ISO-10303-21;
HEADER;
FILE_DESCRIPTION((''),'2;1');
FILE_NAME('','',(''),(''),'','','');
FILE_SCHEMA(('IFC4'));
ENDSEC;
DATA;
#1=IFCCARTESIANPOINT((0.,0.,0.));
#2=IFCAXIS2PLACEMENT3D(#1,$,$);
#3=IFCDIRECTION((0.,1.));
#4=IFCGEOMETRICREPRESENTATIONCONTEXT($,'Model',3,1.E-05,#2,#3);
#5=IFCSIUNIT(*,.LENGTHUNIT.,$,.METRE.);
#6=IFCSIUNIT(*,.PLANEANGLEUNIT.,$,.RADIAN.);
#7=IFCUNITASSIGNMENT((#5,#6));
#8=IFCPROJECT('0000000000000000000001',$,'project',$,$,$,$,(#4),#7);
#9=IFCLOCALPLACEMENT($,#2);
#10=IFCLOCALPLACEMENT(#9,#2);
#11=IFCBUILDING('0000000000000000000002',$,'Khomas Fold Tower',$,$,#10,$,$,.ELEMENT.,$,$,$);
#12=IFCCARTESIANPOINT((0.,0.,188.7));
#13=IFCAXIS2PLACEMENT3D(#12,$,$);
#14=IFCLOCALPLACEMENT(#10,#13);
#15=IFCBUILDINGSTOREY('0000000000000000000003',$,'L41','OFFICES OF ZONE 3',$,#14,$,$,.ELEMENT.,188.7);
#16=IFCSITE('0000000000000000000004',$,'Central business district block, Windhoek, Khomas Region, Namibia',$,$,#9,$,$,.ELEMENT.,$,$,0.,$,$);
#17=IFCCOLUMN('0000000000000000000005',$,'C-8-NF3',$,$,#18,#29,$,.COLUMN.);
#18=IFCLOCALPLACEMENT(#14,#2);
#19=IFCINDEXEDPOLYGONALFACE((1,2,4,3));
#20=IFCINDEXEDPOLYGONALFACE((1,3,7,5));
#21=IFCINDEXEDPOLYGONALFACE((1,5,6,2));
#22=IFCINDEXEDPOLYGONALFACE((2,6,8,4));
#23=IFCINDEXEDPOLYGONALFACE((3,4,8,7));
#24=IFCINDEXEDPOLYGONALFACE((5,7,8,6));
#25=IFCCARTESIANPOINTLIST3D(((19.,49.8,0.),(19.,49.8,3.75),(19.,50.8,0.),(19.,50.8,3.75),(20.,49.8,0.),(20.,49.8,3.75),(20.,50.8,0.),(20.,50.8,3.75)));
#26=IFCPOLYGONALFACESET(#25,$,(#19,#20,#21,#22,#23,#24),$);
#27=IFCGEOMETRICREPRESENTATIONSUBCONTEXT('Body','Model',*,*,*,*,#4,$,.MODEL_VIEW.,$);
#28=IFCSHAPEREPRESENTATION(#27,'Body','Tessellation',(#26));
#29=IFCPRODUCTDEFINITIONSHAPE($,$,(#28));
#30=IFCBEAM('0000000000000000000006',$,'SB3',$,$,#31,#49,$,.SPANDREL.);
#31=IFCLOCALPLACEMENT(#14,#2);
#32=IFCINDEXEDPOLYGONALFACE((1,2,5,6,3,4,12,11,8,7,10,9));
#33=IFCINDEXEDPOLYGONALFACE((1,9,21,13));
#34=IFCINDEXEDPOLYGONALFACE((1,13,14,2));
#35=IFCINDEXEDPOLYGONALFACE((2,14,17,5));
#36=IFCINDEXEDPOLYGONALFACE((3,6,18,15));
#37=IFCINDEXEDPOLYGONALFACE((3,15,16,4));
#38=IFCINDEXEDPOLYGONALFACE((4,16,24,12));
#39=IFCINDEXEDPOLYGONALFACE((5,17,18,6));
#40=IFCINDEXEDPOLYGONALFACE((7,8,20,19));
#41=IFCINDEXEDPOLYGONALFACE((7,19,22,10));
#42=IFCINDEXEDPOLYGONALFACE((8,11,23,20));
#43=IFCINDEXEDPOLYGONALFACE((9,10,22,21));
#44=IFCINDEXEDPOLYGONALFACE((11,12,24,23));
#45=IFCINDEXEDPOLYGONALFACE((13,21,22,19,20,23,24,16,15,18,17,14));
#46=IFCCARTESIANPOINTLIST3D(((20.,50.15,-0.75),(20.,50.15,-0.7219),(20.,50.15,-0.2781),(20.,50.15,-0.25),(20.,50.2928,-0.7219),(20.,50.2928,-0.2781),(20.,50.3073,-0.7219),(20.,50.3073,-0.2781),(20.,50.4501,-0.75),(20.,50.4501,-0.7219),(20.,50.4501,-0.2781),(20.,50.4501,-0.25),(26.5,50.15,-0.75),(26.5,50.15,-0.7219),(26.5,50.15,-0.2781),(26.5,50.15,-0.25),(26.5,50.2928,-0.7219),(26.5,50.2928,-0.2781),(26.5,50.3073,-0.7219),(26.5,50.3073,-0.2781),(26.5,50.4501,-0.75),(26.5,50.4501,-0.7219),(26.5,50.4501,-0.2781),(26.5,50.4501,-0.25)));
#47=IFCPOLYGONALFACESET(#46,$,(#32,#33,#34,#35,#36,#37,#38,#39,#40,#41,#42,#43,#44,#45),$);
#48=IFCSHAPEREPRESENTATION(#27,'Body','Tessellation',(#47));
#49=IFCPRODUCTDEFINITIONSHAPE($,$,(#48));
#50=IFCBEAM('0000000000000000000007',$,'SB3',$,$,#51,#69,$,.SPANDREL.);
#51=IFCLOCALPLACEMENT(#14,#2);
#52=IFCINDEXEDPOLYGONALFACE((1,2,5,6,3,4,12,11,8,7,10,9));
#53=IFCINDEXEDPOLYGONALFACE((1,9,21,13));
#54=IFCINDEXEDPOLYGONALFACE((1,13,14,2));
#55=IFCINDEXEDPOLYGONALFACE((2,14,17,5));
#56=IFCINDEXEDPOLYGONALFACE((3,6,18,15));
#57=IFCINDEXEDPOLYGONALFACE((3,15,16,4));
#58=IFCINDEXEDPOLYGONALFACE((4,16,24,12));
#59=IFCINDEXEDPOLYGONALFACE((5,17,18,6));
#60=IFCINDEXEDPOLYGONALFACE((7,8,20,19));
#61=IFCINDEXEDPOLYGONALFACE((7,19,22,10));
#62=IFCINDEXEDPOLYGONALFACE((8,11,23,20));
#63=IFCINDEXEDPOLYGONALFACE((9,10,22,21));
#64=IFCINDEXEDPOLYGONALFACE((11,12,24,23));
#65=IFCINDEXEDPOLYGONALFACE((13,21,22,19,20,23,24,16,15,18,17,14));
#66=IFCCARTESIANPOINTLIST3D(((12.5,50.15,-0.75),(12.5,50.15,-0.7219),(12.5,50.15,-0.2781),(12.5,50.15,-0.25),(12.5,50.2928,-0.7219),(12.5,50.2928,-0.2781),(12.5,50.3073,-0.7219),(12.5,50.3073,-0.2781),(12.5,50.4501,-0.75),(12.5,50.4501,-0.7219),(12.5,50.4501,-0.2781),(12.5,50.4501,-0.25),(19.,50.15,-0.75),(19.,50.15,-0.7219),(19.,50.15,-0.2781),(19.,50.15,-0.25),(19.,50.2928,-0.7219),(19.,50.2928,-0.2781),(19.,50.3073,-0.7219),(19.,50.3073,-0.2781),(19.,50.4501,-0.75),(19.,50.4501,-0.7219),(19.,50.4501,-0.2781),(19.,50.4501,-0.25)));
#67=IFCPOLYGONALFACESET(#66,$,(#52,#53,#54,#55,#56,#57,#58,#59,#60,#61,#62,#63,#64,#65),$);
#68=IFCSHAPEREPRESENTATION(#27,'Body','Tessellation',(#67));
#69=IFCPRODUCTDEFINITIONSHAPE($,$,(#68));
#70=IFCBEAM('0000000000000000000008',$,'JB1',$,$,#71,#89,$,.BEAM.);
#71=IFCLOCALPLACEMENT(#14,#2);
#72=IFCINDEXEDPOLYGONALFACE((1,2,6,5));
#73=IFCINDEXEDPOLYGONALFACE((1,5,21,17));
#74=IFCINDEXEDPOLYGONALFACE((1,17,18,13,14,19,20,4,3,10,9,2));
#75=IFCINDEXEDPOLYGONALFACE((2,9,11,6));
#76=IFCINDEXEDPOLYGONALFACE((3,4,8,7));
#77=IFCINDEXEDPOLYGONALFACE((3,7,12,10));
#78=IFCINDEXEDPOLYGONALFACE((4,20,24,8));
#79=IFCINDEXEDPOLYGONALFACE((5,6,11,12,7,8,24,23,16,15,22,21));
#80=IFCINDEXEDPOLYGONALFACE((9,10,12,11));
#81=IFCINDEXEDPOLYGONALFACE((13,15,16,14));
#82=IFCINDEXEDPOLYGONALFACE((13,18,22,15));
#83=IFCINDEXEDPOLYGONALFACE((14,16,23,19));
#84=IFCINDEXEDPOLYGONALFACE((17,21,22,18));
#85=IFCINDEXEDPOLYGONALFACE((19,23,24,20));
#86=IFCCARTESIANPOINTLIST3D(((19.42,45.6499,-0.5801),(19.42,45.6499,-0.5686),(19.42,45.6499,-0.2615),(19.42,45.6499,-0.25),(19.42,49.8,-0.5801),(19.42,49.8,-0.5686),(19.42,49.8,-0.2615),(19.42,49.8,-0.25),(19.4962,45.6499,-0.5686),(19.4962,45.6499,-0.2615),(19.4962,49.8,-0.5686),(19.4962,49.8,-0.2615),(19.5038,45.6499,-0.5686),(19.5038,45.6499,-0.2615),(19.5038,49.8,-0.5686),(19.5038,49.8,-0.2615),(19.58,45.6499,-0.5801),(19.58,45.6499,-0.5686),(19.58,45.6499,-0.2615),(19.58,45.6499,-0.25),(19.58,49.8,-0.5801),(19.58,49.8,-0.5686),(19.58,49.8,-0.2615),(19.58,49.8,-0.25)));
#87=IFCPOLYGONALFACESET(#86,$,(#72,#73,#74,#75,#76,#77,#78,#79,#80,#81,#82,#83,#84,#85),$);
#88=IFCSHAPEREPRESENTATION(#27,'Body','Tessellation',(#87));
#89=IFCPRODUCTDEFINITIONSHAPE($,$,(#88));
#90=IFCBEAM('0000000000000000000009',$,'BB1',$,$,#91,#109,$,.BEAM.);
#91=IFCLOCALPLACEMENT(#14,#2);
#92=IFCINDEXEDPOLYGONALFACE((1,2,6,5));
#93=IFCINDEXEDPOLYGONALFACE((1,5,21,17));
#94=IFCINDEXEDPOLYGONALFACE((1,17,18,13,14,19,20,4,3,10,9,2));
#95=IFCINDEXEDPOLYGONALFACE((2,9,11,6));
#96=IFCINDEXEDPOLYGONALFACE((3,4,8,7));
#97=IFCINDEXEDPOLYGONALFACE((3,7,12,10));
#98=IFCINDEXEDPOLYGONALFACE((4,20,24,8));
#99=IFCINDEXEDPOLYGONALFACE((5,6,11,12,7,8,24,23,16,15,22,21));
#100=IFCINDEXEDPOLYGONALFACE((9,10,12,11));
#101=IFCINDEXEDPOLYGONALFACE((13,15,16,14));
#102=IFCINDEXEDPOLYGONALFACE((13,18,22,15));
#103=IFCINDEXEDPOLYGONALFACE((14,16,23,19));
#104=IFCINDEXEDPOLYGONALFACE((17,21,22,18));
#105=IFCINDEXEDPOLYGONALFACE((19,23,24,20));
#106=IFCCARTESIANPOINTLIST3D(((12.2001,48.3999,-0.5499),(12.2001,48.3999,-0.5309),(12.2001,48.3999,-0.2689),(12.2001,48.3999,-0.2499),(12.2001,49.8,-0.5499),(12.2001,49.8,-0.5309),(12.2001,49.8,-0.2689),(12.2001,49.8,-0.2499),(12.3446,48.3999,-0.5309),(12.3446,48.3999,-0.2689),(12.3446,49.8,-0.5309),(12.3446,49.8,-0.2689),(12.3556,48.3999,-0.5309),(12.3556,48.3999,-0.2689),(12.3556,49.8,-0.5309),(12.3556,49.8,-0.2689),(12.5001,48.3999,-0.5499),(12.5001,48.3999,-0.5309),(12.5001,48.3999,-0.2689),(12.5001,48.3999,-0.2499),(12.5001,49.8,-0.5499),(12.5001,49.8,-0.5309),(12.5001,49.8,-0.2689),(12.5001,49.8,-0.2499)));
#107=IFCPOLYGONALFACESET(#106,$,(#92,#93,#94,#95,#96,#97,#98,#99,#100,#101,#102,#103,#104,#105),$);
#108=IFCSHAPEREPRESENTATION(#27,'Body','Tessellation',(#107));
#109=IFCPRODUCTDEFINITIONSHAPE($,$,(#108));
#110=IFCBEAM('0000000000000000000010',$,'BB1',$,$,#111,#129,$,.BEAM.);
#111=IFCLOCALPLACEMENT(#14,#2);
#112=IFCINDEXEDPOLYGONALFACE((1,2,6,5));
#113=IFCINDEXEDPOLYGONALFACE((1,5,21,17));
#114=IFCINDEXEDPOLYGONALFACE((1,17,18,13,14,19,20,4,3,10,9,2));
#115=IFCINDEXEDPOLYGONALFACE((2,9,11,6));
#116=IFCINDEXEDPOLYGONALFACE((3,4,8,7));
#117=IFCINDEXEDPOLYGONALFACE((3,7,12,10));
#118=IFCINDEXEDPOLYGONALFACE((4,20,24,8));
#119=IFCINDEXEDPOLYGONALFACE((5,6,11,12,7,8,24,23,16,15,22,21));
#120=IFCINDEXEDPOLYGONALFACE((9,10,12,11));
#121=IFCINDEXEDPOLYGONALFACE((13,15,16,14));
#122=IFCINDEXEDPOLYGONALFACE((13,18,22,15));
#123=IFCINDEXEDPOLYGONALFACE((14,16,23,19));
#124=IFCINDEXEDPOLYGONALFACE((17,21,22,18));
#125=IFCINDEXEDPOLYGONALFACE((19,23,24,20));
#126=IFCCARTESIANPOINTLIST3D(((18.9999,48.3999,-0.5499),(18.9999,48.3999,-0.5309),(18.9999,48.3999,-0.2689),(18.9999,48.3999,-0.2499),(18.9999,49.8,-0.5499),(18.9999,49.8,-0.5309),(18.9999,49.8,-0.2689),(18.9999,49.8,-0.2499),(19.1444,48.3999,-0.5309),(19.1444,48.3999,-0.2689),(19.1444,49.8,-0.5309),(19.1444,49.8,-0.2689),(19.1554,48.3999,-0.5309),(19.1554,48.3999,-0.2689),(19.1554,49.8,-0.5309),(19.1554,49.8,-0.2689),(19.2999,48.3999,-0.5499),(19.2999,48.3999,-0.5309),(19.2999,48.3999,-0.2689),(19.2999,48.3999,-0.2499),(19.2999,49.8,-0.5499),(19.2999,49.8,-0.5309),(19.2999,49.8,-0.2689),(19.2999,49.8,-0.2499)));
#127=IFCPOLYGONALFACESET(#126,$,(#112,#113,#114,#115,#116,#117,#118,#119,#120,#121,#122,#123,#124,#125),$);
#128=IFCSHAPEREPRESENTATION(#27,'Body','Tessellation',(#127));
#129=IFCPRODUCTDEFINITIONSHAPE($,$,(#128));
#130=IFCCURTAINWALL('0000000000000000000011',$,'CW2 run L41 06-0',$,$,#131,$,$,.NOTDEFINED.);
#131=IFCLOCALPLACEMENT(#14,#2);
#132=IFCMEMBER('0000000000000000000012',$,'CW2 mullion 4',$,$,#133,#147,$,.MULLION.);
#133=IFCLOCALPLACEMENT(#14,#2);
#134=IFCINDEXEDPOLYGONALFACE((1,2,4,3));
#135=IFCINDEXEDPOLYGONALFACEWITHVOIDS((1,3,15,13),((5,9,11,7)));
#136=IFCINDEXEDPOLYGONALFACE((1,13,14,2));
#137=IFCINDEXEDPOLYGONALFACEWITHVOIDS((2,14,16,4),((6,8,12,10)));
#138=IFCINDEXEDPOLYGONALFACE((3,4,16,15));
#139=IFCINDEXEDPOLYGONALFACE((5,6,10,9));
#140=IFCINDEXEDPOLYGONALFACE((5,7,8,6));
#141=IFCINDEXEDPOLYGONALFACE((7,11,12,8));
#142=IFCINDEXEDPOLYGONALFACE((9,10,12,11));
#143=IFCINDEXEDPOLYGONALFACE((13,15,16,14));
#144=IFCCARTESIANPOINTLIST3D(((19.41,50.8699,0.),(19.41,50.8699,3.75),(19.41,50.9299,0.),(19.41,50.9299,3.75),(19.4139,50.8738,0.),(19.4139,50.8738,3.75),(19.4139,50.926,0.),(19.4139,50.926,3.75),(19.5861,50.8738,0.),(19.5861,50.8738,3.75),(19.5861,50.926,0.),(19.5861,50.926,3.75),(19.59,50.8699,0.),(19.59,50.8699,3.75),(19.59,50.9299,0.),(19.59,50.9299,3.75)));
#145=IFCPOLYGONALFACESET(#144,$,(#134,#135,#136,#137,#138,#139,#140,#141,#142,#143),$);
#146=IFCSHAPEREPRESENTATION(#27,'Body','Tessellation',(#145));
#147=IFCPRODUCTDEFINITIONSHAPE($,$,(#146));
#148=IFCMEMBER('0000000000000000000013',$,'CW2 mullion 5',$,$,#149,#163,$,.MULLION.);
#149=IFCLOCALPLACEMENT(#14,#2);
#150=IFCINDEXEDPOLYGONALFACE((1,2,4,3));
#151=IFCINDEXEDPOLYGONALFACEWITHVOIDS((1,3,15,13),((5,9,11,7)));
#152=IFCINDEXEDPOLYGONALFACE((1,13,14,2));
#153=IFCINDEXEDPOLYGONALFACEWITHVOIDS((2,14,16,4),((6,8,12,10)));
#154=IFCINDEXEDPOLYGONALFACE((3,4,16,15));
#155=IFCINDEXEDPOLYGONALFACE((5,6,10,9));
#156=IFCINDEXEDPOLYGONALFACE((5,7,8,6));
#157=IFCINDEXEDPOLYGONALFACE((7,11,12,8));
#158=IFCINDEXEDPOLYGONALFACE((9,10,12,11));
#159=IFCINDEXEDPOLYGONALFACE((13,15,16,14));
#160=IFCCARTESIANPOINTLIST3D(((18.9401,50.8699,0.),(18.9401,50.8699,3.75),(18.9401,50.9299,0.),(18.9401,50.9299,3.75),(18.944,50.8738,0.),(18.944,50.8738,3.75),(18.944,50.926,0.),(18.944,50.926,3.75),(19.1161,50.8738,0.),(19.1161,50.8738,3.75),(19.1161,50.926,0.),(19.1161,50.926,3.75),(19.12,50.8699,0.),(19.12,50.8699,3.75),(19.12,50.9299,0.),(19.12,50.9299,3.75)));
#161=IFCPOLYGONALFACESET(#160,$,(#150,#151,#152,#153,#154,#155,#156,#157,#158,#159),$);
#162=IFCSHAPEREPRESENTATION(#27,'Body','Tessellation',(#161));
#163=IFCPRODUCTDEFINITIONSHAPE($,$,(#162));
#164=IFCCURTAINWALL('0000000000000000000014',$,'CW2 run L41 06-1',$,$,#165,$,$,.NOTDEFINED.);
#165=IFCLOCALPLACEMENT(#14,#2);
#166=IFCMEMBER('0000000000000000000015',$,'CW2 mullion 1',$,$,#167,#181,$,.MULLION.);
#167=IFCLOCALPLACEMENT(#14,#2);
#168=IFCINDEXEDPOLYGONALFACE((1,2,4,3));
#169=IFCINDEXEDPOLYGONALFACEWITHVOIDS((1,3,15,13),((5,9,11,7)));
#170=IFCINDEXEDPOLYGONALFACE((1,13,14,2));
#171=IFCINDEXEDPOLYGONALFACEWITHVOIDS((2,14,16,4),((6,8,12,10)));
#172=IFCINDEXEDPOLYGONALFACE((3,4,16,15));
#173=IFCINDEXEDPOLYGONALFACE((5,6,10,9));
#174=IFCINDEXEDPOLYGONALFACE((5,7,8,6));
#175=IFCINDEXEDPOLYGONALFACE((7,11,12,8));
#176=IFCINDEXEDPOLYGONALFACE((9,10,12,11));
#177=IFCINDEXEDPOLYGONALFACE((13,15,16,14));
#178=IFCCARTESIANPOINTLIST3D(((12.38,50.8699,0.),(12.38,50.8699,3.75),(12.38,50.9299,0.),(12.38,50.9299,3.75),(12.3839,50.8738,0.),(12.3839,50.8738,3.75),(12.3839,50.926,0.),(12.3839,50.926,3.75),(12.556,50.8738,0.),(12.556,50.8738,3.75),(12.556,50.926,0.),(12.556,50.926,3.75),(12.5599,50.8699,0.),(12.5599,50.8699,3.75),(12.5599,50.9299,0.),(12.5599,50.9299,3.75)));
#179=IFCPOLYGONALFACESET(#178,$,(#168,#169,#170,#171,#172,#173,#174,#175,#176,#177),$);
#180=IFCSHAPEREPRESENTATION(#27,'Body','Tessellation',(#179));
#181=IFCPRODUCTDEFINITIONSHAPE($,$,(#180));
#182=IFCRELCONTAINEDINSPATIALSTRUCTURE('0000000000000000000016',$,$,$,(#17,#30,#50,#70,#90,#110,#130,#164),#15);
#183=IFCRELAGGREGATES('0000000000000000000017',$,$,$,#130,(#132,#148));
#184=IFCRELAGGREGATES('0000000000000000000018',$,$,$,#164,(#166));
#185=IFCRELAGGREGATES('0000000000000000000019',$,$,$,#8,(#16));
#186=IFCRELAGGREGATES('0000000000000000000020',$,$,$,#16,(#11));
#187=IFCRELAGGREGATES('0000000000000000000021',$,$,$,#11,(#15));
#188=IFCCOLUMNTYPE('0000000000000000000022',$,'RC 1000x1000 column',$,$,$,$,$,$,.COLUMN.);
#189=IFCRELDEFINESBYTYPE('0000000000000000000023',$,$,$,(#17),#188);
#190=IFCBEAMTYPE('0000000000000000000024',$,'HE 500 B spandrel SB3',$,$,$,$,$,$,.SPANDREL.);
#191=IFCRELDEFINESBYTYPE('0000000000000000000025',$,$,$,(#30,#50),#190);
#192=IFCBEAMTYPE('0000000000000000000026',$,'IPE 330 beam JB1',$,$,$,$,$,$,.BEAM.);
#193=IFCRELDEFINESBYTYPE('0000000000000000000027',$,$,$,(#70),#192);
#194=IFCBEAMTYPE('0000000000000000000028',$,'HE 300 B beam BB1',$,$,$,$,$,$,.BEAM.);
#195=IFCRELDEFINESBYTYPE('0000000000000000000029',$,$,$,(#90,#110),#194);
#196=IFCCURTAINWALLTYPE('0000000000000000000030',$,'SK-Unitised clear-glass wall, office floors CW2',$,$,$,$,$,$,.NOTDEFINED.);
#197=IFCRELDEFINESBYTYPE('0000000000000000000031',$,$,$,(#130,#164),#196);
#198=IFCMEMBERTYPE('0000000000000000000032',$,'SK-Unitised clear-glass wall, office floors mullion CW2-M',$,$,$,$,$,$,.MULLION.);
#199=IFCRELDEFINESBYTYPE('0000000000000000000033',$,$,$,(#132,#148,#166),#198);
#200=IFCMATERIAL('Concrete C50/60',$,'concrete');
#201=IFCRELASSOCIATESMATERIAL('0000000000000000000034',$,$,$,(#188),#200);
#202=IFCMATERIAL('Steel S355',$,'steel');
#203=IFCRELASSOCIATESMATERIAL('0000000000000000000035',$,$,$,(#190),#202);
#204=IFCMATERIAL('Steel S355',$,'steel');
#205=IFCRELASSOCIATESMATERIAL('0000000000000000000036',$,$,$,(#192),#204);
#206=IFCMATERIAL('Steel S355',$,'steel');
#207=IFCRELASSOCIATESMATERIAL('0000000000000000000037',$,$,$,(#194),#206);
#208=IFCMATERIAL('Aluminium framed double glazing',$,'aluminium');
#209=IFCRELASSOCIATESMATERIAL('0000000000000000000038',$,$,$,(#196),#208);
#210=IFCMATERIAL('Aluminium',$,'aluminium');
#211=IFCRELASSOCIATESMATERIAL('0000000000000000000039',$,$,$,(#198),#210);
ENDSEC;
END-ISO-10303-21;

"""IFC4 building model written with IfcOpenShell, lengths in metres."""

from ifc_helpers import new_model, si_unit, direction, frame, origin, origin_2d, place, context, subcontext, project, spatial, rectangle, hollow_rectangle, i_section, extrude, source, transform, mapped, material, material_profile, profile_set, type_object, element, aggregate, save


model = new_model("IFC4")

# Units and contexts
model_context = context("Model", 3, precision=1e-05, world=origin(), true_north=direction((0.0, 1.0)))
body_context = subcontext(model_context, "Body", "Model", "MODEL_VIEW")
ifc_project = project(units=[si_unit("LENGTHUNIT", "METRE"), si_unit("PLANEANGLEUNIT", "RADIAN")], contexts=[model_context])

# Site, building, storey
site_placement = place(None, origin())
site = spatial("IfcSite", under=ifc_project, at=site_placement, Name="Central business district block, Windhoek, Khomas Region, Namibia", CompositionType="ELEMENT", RefElevation=0.0)
building_placement = place(site_placement, origin())
building = spatial("IfcBuilding", under=site, at=building_placement, Name="Khomas Fold Tower", CompositionType="ELEMENT")
storey_placement = place(building_placement, frame((0.0, 0.0, 188.7)))
storey = spatial("IfcBuildingStorey", under=building, at=storey_placement, Name="L41", Description="OFFICES OF ZONE 3", CompositionType="ELEMENT", Elevation=188.7)

# Column
ifc_material_1 = material(Name="Concrete C50/60", Category="concrete")
ifc_material_profile_1 = material_profile(ifc_material_1, rectangle(XDim=1.0, YDim=1.0, at=origin_2d()), Name="RC 1000x1000")
ifc_profile_set_1 = profile_set([ifc_material_profile_1], Name="Concrete C50/60")
column_type = type_object("IfcColumnType", Name="RC 1000x1000 column", PredefinedType="COLUMN", material=ifc_profile_set_1)
shared_shape_1 = source(origin(), body_context, "Body", "SweptSolid", [
    extrude(rectangle(XDim=1.0, YDim=1.0, at=origin_2d()), origin(), (0.0, 0.0, 1.0), 3.75),
])
column_placement = place(storey_placement, frame((19.5, 50.3, 0.0), z_axis=(0.0, 0.0, 1.0), x_axis=(1.0, 0.0, 0.0)))
element("IfcColumn", 1, at=column_placement, inside=storey, type_object=column_type, Name="C-8-NF3", PredefinedType="COLUMN", context=body_context, shape_type="MappedRepresentation", body=[
    mapped(shared_shape_1, transform((0.0, 0.0, 0.0))),
])

# Beams
ifc_material_2 = material(Name="Steel S355", Category="steel")
ifc_material_profile_2 = material_profile(ifc_material_2, i_section(OverallWidth=0.3, OverallDepth=0.5, WebThickness=0.0144, FlangeThickness=0.0281, at=origin_2d()), Name="HE 500 B")
ifc_profile_set_2 = profile_set([ifc_material_profile_2], Name="Steel S355")
beam_type_1 = type_object("IfcBeamType", Name="HE 500 B spandrel SB3", PredefinedType="SPANDREL", material=ifc_profile_set_2)
shared_shape_2 = source(origin(), body_context, "Body", "SweptSolid", [
    extrude(i_section(OverallWidth=0.3, OverallDepth=0.5, WebThickness=0.0144, FlangeThickness=0.0281, at=origin_2d()), origin(), (0.0, 0.0, 1.0), 6.5),
])
for number, where, z_axis, x_axis, name in (
    (2, (20.0, 50.3, -0.5), (1.0, 0.0, 0.0), (0.0, 1.0, 0.0), "SB3"),
    (3, (12.5, 50.3, -0.5), (1.0, 0.0, 0.0), (0.0, 1.0, 0.0), "SB3"),
):
    element("IfcBeam", number, at=place(storey_placement, frame(where, z_axis=z_axis, x_axis=x_axis)), inside=storey, type_object=beam_type_1, Name=name, PredefinedType="SPANDREL", context=body_context, shape_type="MappedRepresentation", body=[
        mapped(shared_shape_2, transform((0.0, 0.0, 0.0))),
    ])
ifc_material_3 = material(Name="Steel S355", Category="steel")
ifc_material_profile_3 = material_profile(ifc_material_3, i_section(OverallWidth=0.1599, OverallDepth=0.3301, WebThickness=0.0076, FlangeThickness=0.0115, at=origin_2d()), Name="IPE 330")
ifc_profile_set_3 = profile_set([ifc_material_profile_3], Name="Steel S355")
beam_type_2 = type_object("IfcBeamType", Name="IPE 330 beam JB1", PredefinedType="BEAM", material=ifc_profile_set_3)
shared_shape_3 = source(origin(), body_context, "Body", "SweptSolid", [
    extrude(i_section(OverallWidth=0.1599, OverallDepth=0.3301, WebThickness=0.0076, FlangeThickness=0.0115, at=origin_2d()), origin(), (0.0, 0.0, 1.0), 4.1501),
])
beam_placement = place(storey_placement, frame((19.5, 45.6499, -0.415), z_axis=(0.0, 1.0, 0.0), x_axis=(-1.0, 0.0, 0.0)))
element("IfcBeam", 4, at=beam_placement, inside=storey, type_object=beam_type_2, Name="JB1", PredefinedType="BEAM", context=body_context, shape_type="MappedRepresentation", body=[
    mapped(shared_shape_3, transform((0.0, 0.0, 0.0))),
])
ifc_material_4 = material(Name="Steel S355", Category="steel")
ifc_material_profile_4 = material_profile(ifc_material_4, i_section(OverallWidth=0.3, OverallDepth=0.3, WebThickness=0.011, FlangeThickness=0.019, at=origin_2d()), Name="HE 300 B")
ifc_profile_set_4 = profile_set([ifc_material_profile_4], Name="Steel S355")
beam_type_3 = type_object("IfcBeamType", Name="HE 300 B beam BB1", PredefinedType="BEAM", material=ifc_profile_set_4)
shared_shape_4 = source(origin(), body_context, "Body", "SweptSolid", [
    extrude(i_section(OverallWidth=0.3, OverallDepth=0.3, WebThickness=0.011, FlangeThickness=0.019, at=origin_2d()), origin(), (0.0, 0.0, 1.0), 1.4001),
])
for number, where, z_axis, x_axis, name in (
    (5, (12.3501, 48.3999, -0.3999), (0.0, 1.0, 0.0), (-1.0, 0.0, 0.0), "BB1"),
    (6, (19.1499, 48.3999, -0.3999), (0.0, 1.0, 0.0), (-1.0, 0.0, 0.0), "BB1"),
):
    element("IfcBeam", number, at=place(storey_placement, frame(where, z_axis=z_axis, x_axis=x_axis)), inside=storey, type_object=beam_type_3, Name=name, PredefinedType="BEAM", context=body_context, shape_type="MappedRepresentation", body=[
        mapped(shared_shape_4, transform((0.0, 0.0, 0.0))),
    ])

# Curtain wall, members
ifc_material_5 = material(Name="Aluminium framed double glazing", Category="aluminium")
curtain_wall_type = type_object("IfcCurtainWallType", Name="SK-Unitised clear-glass wall, office floors CW2", PredefinedType="NOTDEFINED", material=ifc_material_5)
curtain_wall_1_placement = place(storey_placement, origin())
curtain_wall_1 = element("IfcCurtainWall", 7, at=curtain_wall_1_placement, inside=storey, type_object=curtain_wall_type, Name="CW2 run L41 06-0", PredefinedType="NOTDEFINED")
ifc_material_6 = material(Name="Aluminium", Category="aluminium")
ifc_material_profile_5 = material_profile(ifc_material_6, hollow_rectangle(XDim=0.0601, YDim=0.1799, WallThickness=0.0039, at=origin_2d()), Name="SK-Unitised clear-glass wall, office floors mullion CW2-M")
ifc_profile_set_5 = profile_set([ifc_material_profile_5], Name="Aluminium")
member_type_1 = type_object("IfcMemberType", Name="SK-Unitised clear-glass wall, office floors mullion CW2-M", PredefinedType="MULLION", material=ifc_profile_set_5)
shared_shape_5 = source(origin(), body_context, "Body", "SweptSolid", [
    extrude(hollow_rectangle(XDim=0.0601, YDim=0.1799, WallThickness=0.0039, at=origin_2d()), origin(), (0.0, 0.0, 1.0), 3.75),
])
member_1_placement = place(storey_placement, frame((19.5, 50.8999, 0.0), z_axis=(0.0, 0.0, 1.0), x_axis=(0.0, -1.0, 0.0)))
member_1 = element("IfcMember", 8, at=member_1_placement, type_object=member_type_1, Name="CW2 mullion 4", PredefinedType="MULLION", context=body_context, shape_type="MappedRepresentation", body=[
    mapped(shared_shape_5, transform((0.0, 0.0, 0.0))),
])
member_2_placement = place(storey_placement, frame((19.03, 50.8999, 0.0), z_axis=(0.0, 0.0, 1.0), x_axis=(0.0, -1.0, 0.0)))
member_2 = element("IfcMember", 9, at=member_2_placement, type_object=member_type_1, Name="CW2 mullion 5", PredefinedType="MULLION", context=body_context, shape_type="MappedRepresentation", body=[
    mapped(shared_shape_5, transform((0.0, 0.0, 0.0))),
])

# Curtain wall, member
curtain_wall_2_placement = place(storey_placement, origin())
curtain_wall_2 = element("IfcCurtainWall", 10, at=curtain_wall_2_placement, inside=storey, type_object=curtain_wall_type, Name="CW2 run L41 06-1", PredefinedType="NOTDEFINED")
member_3_placement = place(storey_placement, frame((12.47, 50.8999, 0.0), z_axis=(0.0, 0.0, 1.0), x_axis=(0.0, -1.0, 0.0)))
member_3 = element("IfcMember", 11, at=member_3_placement, type_object=member_type_1, Name="CW2 mullion 1", PredefinedType="MULLION", context=body_context, shape_type="MappedRepresentation", body=[
    mapped(shared_shape_5, transform((0.0, 0.0, 0.0))),
])

aggregate(curtain_wall_1, [member_1, member_2])
aggregate(curtain_wall_2, [member_3])

save(model, "model.ifc")
